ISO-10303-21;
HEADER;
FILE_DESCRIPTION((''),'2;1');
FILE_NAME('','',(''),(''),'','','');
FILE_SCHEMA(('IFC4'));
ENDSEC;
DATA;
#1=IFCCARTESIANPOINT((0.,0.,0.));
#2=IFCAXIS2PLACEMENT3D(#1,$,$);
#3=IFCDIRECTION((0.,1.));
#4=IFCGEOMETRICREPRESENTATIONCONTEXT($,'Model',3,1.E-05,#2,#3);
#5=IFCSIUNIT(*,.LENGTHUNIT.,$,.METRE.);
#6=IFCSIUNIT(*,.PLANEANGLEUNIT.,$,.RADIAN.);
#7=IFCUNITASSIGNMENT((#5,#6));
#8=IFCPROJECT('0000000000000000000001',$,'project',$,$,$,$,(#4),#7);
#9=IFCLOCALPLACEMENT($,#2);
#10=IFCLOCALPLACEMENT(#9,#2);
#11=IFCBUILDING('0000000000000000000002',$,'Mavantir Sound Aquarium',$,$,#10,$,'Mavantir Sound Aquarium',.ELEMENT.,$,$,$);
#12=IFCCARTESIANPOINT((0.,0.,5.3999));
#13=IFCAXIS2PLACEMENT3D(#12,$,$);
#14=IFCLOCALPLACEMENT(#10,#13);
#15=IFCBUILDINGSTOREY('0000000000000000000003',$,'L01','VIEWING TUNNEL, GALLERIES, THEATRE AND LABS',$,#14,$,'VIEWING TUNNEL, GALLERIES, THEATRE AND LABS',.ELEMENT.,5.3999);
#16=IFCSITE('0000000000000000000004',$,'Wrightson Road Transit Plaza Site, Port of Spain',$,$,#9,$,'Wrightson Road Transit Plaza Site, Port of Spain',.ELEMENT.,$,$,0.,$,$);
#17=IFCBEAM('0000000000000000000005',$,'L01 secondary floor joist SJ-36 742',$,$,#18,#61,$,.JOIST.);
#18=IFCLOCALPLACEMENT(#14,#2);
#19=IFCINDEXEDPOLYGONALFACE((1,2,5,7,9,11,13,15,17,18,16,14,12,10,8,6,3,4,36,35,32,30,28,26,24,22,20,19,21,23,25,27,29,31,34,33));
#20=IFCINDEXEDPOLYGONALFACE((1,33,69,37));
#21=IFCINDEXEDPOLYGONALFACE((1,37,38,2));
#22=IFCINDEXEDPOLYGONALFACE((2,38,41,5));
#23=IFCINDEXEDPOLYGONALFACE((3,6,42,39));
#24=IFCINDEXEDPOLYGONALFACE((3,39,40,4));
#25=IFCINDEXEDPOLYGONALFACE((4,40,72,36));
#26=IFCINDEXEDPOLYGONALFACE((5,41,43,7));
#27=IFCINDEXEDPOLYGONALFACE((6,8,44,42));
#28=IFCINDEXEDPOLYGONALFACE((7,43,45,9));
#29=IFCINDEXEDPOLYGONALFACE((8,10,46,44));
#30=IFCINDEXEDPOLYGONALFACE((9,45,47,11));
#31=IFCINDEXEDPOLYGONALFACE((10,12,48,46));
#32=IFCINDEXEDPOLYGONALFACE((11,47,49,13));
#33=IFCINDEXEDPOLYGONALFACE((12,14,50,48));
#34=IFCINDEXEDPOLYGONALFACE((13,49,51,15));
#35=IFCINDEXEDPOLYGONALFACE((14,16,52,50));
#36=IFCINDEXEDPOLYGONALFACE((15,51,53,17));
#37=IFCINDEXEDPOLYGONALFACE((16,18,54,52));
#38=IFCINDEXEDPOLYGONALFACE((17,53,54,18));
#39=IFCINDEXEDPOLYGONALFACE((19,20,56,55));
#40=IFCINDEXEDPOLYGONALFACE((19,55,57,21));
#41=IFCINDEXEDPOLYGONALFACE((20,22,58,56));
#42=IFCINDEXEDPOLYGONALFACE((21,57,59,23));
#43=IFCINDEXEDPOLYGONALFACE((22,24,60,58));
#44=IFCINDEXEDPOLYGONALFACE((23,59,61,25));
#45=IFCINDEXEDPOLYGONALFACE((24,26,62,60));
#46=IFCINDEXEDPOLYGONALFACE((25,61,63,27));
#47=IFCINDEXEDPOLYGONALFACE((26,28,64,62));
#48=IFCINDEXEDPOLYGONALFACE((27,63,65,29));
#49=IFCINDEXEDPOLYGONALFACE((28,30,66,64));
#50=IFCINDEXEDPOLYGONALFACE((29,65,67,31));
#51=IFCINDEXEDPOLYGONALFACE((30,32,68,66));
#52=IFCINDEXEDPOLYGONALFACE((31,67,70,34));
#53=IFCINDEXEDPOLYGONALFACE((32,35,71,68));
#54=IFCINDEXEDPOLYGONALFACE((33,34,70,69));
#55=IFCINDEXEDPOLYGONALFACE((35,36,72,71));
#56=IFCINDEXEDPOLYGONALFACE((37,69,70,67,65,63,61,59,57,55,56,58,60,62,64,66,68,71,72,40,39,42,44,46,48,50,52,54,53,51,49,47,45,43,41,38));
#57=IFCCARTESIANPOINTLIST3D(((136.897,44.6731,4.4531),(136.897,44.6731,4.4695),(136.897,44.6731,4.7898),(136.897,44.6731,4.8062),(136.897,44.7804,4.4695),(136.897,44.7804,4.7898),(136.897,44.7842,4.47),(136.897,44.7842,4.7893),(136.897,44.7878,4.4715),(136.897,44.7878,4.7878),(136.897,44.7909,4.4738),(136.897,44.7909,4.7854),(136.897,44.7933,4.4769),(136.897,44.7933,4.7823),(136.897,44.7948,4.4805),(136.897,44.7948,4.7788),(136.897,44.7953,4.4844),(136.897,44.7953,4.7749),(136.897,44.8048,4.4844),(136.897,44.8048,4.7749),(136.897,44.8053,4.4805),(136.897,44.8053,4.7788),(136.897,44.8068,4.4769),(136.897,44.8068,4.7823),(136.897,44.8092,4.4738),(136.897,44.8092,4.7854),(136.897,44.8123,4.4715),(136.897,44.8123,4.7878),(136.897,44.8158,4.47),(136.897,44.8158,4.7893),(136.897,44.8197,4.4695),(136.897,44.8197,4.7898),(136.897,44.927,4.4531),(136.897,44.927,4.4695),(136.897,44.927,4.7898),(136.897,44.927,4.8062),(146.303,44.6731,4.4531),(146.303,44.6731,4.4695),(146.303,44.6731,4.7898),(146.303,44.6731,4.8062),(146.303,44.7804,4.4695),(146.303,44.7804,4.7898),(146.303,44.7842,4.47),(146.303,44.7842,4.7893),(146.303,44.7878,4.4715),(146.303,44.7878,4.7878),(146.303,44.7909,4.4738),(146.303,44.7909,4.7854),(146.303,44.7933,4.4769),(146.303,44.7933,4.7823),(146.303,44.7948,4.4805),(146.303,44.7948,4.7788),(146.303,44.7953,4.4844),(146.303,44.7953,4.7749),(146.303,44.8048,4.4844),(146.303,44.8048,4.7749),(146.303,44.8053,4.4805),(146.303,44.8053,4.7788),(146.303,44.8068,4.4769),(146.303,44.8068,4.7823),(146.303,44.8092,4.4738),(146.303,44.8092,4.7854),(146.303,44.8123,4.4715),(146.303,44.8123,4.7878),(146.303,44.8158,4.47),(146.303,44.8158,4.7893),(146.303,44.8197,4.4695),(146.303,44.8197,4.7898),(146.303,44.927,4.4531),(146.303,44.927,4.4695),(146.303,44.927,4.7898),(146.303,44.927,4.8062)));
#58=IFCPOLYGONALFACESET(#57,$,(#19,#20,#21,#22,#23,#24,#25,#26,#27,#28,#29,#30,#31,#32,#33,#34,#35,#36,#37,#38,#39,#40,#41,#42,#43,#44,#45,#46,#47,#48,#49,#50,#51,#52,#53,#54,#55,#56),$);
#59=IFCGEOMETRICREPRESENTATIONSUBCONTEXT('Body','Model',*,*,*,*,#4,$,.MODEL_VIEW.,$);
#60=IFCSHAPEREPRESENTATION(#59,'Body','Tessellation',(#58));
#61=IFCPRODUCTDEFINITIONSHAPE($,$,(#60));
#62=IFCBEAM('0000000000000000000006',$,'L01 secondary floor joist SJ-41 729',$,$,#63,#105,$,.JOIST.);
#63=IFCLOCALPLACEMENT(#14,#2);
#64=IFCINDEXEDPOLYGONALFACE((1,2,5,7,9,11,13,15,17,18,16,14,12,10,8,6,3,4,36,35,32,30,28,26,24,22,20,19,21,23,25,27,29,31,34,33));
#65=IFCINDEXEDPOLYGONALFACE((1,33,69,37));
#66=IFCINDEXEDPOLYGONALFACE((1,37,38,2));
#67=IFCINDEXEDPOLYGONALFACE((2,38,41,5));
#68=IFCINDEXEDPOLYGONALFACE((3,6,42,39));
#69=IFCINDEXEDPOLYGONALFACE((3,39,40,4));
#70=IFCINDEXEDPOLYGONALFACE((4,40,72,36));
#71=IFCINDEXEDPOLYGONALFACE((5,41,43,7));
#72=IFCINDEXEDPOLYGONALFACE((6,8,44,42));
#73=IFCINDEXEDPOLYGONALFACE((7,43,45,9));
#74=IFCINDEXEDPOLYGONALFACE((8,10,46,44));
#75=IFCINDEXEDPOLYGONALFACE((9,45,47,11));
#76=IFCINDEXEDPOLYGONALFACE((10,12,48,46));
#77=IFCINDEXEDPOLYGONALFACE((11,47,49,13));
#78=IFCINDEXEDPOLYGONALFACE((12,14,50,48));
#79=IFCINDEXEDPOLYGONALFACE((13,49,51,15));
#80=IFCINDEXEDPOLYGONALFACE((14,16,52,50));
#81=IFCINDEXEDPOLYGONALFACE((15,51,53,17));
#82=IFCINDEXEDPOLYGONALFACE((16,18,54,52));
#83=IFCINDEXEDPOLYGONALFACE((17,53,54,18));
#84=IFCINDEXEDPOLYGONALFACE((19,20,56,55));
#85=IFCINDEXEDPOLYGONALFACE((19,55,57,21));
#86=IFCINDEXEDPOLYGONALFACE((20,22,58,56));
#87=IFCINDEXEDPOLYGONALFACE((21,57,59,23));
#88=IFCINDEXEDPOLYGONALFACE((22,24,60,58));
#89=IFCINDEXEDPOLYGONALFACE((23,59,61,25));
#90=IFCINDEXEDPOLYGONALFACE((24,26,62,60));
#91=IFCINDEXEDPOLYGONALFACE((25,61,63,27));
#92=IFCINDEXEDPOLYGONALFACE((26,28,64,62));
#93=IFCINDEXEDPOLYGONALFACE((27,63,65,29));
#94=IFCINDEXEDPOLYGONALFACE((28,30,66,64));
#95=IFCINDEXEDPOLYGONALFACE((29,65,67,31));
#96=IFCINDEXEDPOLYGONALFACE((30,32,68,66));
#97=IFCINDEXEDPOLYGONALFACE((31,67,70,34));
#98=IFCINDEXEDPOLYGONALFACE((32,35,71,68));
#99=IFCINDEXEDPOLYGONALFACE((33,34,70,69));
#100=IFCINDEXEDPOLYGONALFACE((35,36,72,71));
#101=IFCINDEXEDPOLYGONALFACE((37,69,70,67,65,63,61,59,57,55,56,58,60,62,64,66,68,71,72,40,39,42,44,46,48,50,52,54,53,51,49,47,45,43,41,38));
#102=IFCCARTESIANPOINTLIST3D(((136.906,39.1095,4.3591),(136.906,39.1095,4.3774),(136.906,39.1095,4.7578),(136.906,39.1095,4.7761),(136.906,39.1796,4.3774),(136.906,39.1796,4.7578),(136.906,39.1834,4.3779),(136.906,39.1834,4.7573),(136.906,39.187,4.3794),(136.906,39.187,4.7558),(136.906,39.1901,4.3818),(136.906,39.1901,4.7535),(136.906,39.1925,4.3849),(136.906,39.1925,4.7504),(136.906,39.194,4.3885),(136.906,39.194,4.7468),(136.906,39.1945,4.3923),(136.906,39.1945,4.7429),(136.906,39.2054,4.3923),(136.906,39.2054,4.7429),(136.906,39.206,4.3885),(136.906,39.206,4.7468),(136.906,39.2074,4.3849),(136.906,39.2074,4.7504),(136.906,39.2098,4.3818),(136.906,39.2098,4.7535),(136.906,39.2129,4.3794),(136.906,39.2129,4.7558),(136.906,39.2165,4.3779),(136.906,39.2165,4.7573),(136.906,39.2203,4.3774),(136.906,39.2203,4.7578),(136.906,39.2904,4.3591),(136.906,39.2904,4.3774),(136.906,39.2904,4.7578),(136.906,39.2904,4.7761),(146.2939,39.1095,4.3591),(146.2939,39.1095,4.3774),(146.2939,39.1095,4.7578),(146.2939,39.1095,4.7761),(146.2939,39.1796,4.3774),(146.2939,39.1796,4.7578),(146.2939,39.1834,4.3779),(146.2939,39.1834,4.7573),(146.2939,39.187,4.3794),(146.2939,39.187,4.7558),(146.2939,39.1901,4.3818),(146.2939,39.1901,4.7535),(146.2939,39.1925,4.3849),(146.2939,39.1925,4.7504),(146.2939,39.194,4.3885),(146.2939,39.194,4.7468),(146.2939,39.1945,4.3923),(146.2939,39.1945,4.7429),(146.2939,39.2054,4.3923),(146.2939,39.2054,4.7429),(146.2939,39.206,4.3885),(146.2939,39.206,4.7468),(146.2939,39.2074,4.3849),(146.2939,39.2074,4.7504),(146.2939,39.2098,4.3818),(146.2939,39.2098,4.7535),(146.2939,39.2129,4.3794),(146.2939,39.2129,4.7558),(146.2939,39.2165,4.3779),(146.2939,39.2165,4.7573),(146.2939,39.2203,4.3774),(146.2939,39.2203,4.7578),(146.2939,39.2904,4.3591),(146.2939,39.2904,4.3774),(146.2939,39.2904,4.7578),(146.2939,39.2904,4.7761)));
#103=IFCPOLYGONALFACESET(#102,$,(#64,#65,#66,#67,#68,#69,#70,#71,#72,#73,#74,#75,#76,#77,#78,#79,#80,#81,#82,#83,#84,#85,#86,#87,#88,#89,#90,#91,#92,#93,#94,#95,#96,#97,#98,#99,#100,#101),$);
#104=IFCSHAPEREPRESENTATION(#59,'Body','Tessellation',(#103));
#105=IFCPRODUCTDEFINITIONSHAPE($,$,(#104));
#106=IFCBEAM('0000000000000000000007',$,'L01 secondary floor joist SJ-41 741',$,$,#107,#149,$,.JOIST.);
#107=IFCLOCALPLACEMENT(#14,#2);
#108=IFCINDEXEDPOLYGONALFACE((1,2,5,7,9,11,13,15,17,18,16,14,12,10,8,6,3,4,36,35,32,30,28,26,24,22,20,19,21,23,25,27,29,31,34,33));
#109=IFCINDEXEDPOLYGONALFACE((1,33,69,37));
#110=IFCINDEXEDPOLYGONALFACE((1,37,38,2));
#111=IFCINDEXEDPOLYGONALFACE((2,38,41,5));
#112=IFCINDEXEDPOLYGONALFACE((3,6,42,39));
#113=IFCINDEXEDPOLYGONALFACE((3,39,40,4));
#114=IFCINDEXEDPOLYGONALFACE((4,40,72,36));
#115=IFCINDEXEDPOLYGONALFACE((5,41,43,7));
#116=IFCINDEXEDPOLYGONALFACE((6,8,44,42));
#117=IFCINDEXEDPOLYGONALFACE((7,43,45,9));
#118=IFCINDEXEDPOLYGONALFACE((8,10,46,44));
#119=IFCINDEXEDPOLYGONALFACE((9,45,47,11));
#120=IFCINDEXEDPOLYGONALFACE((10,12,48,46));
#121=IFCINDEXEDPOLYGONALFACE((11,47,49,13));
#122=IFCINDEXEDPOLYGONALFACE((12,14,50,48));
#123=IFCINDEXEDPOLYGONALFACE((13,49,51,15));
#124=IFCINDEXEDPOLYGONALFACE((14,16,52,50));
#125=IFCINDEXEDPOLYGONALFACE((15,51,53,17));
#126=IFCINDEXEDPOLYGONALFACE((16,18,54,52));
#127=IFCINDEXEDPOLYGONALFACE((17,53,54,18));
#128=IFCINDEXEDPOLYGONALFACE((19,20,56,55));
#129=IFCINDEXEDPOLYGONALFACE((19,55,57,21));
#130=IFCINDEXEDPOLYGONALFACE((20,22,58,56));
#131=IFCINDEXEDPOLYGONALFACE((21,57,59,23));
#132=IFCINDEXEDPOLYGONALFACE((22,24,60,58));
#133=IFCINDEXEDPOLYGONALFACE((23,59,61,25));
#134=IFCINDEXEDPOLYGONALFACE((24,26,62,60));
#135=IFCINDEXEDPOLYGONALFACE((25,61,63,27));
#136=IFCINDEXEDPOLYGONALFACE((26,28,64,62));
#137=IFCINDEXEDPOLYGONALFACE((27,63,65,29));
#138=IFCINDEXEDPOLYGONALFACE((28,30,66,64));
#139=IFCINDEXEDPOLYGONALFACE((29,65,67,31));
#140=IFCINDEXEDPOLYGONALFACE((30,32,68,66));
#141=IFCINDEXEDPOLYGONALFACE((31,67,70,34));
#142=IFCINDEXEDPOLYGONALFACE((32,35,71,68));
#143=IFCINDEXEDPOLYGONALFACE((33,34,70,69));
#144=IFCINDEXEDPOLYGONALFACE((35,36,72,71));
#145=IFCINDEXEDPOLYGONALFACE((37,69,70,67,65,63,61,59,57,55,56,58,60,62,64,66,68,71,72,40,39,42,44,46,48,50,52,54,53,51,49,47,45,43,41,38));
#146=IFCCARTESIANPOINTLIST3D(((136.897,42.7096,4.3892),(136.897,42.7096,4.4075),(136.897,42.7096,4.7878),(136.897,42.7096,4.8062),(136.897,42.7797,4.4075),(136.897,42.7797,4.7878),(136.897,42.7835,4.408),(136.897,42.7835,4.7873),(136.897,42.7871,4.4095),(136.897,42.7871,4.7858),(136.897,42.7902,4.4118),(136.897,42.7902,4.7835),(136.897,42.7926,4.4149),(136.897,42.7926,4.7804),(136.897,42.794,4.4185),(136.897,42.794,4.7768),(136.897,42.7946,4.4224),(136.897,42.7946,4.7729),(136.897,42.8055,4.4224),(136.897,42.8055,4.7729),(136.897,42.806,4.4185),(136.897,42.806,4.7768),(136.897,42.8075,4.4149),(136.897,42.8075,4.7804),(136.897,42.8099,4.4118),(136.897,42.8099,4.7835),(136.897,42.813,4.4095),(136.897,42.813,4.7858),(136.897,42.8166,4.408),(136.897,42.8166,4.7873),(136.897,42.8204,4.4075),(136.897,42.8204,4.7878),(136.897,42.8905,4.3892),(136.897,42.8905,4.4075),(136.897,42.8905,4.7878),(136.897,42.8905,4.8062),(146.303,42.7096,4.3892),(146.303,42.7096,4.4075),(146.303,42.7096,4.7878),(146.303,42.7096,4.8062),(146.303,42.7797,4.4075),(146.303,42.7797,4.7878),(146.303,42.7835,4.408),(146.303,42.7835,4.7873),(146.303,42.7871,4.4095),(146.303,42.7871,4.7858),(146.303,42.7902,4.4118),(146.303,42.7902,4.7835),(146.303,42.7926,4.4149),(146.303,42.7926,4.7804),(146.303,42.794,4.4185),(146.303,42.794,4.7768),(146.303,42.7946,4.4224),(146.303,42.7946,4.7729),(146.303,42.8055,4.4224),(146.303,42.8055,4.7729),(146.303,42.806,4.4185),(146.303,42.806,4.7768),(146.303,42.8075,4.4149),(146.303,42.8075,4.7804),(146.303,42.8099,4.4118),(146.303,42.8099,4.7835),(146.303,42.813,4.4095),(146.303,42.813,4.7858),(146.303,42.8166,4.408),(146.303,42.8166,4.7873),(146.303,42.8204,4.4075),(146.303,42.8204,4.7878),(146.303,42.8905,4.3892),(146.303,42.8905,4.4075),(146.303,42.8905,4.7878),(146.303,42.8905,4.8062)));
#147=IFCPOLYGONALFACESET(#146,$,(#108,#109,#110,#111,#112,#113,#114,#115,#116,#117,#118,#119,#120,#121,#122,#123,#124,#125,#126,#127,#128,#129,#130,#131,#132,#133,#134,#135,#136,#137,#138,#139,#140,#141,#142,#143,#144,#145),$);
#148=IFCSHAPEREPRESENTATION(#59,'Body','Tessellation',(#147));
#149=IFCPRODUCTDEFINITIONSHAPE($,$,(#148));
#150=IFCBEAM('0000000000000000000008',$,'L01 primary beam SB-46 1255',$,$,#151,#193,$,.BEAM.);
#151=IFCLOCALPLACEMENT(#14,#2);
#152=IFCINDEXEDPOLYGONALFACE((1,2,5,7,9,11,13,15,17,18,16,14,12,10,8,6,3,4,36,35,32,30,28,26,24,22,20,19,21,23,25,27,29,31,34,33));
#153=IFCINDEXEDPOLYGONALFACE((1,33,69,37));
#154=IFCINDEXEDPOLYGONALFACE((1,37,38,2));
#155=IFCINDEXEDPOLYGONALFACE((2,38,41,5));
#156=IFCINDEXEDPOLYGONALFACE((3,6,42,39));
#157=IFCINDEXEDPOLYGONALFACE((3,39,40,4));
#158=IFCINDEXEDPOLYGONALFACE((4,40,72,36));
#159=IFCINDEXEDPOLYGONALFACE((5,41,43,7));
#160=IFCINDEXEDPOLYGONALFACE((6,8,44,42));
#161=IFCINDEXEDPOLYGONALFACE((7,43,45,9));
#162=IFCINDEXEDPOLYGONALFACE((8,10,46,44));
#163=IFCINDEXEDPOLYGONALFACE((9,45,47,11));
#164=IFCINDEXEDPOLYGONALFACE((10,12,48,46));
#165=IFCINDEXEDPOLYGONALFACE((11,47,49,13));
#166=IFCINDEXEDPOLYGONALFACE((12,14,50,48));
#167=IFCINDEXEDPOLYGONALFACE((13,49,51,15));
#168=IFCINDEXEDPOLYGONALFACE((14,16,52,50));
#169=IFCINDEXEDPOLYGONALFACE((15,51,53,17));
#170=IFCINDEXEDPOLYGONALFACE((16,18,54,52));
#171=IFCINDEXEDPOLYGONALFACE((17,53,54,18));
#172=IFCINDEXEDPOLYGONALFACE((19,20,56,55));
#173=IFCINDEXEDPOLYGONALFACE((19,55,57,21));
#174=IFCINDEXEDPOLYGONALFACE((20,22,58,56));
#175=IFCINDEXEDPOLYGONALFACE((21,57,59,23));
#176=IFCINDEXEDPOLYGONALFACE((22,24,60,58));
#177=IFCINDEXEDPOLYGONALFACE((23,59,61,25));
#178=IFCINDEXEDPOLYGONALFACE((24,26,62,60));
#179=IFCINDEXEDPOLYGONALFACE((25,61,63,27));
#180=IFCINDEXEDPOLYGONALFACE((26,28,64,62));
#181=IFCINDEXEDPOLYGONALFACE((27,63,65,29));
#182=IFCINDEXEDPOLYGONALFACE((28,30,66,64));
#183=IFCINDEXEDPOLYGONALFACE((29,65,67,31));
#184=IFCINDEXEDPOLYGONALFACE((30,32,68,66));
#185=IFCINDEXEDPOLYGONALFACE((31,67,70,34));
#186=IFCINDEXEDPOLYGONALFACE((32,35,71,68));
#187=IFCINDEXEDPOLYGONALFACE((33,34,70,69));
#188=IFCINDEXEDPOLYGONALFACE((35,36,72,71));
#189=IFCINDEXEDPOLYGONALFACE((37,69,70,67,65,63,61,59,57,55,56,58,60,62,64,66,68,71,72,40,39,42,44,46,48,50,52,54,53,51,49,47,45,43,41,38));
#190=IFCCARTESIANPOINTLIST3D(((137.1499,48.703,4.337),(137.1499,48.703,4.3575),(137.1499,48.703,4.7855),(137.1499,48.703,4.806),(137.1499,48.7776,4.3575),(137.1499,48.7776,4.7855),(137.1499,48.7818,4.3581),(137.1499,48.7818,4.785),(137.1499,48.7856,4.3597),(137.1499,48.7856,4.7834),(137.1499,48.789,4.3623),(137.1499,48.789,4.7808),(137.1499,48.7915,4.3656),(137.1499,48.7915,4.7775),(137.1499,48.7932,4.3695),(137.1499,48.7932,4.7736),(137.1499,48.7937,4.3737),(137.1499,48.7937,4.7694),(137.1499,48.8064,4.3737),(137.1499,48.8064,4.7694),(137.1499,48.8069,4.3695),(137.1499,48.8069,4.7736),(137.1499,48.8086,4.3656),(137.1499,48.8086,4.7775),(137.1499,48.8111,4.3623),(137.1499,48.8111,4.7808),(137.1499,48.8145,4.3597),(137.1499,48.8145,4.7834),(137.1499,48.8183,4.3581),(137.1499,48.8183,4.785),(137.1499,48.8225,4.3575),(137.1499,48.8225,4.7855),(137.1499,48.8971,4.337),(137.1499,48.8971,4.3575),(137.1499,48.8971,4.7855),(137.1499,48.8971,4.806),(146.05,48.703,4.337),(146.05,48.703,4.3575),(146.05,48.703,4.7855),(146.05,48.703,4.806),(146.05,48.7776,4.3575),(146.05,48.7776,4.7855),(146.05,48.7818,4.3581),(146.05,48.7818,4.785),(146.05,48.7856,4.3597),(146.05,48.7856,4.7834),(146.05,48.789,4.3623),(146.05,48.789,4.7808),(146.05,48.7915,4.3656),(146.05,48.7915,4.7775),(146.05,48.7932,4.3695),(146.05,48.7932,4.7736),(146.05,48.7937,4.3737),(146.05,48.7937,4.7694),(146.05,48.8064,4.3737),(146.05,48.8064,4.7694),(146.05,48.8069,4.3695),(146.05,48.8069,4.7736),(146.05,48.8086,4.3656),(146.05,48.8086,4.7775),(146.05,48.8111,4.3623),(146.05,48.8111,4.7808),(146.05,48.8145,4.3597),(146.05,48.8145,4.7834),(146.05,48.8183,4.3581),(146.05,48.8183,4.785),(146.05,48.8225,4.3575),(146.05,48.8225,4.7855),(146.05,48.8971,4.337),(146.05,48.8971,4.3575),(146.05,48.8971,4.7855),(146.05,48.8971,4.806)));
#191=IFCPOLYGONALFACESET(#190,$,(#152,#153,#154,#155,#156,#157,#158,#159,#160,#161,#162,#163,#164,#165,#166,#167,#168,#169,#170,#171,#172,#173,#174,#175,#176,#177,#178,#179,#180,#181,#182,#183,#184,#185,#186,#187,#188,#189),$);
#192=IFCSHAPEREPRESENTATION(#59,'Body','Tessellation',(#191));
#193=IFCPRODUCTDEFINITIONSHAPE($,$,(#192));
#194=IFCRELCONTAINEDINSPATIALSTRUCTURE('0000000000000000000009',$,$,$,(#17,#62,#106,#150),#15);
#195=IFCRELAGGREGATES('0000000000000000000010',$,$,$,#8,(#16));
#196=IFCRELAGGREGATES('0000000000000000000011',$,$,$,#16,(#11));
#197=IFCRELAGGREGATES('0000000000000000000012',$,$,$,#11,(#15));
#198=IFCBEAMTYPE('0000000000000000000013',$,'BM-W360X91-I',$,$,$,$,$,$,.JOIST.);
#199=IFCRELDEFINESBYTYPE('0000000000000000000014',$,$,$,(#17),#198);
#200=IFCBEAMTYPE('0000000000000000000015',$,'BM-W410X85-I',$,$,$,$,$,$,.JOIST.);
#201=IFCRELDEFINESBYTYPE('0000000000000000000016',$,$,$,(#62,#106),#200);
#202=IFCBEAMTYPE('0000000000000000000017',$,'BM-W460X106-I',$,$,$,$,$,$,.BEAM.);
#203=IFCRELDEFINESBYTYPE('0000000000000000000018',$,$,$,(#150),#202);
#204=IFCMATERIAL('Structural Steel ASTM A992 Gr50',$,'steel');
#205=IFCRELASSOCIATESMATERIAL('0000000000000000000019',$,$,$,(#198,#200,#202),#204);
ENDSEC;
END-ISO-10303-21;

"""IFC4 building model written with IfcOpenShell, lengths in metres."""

from ifc_helpers import new_model, si_unit, direction, frame, origin, origin_2d, place, context, subcontext, project, spatial, i_section, extrude, material, material_profile, profile_set, type_object, element, save


model = new_model("IFC4")

# Units and contexts
model_context = context("Model", 3, precision=1e-05, world=origin(), true_north=direction((0.0, 1.0)))
body_context = subcontext(model_context, "Body", "Model", "MODEL_VIEW")
ifc_project = project(units=[si_unit("LENGTHUNIT", "METRE"), si_unit("PLANEANGLEUNIT", "RADIAN")], contexts=[model_context])

# Site, building, storey
site_placement = place(None, origin())
site = spatial("IfcSite", under=ifc_project, at=site_placement, Name="Wrightson Road Transit Plaza Site, Port of Spain", LongName="Wrightson Road Transit Plaza Site, Port of Spain", CompositionType="ELEMENT", RefElevation=0.0)
building_placement = place(site_placement, origin())
building = spatial("IfcBuilding", under=site, at=building_placement, Name="Mavantir Sound Aquarium", LongName="Mavantir Sound Aquarium", CompositionType="ELEMENT")
storey_placement = place(building_placement, frame((0.0, 0.0, 5.3999)))
storey = spatial("IfcBuildingStorey", under=building, at=storey_placement, Name="L01", Description="VIEWING TUNNEL, GALLERIES, THEATRE AND LABS", LongName="VIEWING TUNNEL, GALLERIES, THEATRE AND LABS", CompositionType="ELEMENT", Elevation=5.3999)

# Beams
ifc_material_1 = material(Name="Structural Steel ASTM A992 Gr50", Category="steel")
ifc_material_profile_1 = material_profile(ifc_material_1, i_section(OverallWidth=0.2539, OverallDepth=0.353, WebThickness=0.0095, FlangeThickness=0.0164, FilletRadius=0.0149, at=origin_2d()), Name="W360X91")
ifc_profile_set_1 = profile_set([ifc_material_profile_1], Name="Structural Steel ASTM A992 Gr50")
beam_type_1 = type_object("IfcBeamType", Name="BM-W360X91-I", PredefinedType="JOIST", material=ifc_profile_set_1)
beam_1_placement = place(storey_placement, frame((136.897, 44.8, 4.6296), z_axis=(1.0, 0.0, 0.0), x_axis=(0.0, 1.0, 0.0)))
element("IfcBeam", 1, at=beam_1_placement, inside=storey, type_object=beam_type_1, Name="L01 secondary floor joist SJ-36 742", PredefinedType="JOIST", context=body_context, shape_type="SweptSolid", body=[
    extrude(i_section(OverallWidth=0.2539, OverallDepth=0.353, WebThickness=0.0095, FlangeThickness=0.0164, FilletRadius=0.0149, at=origin_2d()), origin(), (0.0, 0.0, 1.0), 9.406),
])
ifc_material_profile_2 = material_profile(ifc_material_1, i_section(OverallWidth=0.1809, OverallDepth=0.417, WebThickness=0.011, FlangeThickness=0.0183, FilletRadius=0.0149, at=origin_2d()), Name="W410X85")
ifc_profile_set_2 = profile_set([ifc_material_profile_2], Name="Structural Steel ASTM A992 Gr50")
beam_type_2 = type_object("IfcBeamType", Name="BM-W410X85-I", PredefinedType="JOIST", material=ifc_profile_set_2)
beam_2_placement = place(storey_placement, frame((136.906, 39.2, 4.5676), z_axis=(1.0, 0.0, 0.0), x_axis=(0.0, 1.0, 0.0)))
element("IfcBeam", 2, at=beam_2_placement, inside=storey, type_object=beam_type_2, Name="L01 secondary floor joist SJ-41 729", PredefinedType="JOIST", context=body_context, shape_type="SweptSolid", body=[
    extrude(i_section(OverallWidth=0.1809, OverallDepth=0.417, WebThickness=0.011, FlangeThickness=0.0183, FilletRadius=0.0149, at=origin_2d()), origin(), (0.0, 0.0, 1.0), 9.3879),
])
beam_3_placement = place(storey_placement, frame((136.897, 42.8, 4.5977), z_axis=(1.0, 0.0, 0.0), x_axis=(0.0, 1.0, 0.0)))
element("IfcBeam", 3, at=beam_3_placement, inside=storey, type_object=beam_type_2, Name="L01 secondary floor joist SJ-41 741", PredefinedType="JOIST", context=body_context, shape_type="SweptSolid", body=[
    extrude(i_section(OverallWidth=0.1809, OverallDepth=0.417, WebThickness=0.011, FlangeThickness=0.0183, FilletRadius=0.0149, at=origin_2d()), origin(), (0.0, 0.0, 1.0), 9.406),
])
ifc_material_profile_3 = material_profile(ifc_material_1, i_section(OverallWidth=0.1941, OverallDepth=0.469, WebThickness=0.0127, FlangeThickness=0.0205, FilletRadius=0.0161, at=origin_2d()), Name="W460X106")
ifc_profile_set_3 = profile_set([ifc_material_profile_3], Name="Structural Steel ASTM A992 Gr50")
beam_type_3 = type_object("IfcBeamType", Name="BM-W460X106-I", PredefinedType="BEAM", material=ifc_profile_set_3)
beam_4_placement = place(storey_placement, frame((137.1499, 48.8, 4.5715), z_axis=(1.0, 0.0, 0.0), x_axis=(0.0, 1.0, 0.0)))
element("IfcBeam", 4, at=beam_4_placement, inside=storey, type_object=beam_type_3, Name="L01 primary beam SB-46 1255", PredefinedType="BEAM", context=body_context, shape_type="SweptSolid", body=[
    extrude(i_section(OverallWidth=0.1941, OverallDepth=0.469, WebThickness=0.0127, FlangeThickness=0.0205, FilletRadius=0.0161, at=origin_2d()), origin(), (0.0, 0.0, 1.0), 8.9001),
])

save(model, "model.ifc")
